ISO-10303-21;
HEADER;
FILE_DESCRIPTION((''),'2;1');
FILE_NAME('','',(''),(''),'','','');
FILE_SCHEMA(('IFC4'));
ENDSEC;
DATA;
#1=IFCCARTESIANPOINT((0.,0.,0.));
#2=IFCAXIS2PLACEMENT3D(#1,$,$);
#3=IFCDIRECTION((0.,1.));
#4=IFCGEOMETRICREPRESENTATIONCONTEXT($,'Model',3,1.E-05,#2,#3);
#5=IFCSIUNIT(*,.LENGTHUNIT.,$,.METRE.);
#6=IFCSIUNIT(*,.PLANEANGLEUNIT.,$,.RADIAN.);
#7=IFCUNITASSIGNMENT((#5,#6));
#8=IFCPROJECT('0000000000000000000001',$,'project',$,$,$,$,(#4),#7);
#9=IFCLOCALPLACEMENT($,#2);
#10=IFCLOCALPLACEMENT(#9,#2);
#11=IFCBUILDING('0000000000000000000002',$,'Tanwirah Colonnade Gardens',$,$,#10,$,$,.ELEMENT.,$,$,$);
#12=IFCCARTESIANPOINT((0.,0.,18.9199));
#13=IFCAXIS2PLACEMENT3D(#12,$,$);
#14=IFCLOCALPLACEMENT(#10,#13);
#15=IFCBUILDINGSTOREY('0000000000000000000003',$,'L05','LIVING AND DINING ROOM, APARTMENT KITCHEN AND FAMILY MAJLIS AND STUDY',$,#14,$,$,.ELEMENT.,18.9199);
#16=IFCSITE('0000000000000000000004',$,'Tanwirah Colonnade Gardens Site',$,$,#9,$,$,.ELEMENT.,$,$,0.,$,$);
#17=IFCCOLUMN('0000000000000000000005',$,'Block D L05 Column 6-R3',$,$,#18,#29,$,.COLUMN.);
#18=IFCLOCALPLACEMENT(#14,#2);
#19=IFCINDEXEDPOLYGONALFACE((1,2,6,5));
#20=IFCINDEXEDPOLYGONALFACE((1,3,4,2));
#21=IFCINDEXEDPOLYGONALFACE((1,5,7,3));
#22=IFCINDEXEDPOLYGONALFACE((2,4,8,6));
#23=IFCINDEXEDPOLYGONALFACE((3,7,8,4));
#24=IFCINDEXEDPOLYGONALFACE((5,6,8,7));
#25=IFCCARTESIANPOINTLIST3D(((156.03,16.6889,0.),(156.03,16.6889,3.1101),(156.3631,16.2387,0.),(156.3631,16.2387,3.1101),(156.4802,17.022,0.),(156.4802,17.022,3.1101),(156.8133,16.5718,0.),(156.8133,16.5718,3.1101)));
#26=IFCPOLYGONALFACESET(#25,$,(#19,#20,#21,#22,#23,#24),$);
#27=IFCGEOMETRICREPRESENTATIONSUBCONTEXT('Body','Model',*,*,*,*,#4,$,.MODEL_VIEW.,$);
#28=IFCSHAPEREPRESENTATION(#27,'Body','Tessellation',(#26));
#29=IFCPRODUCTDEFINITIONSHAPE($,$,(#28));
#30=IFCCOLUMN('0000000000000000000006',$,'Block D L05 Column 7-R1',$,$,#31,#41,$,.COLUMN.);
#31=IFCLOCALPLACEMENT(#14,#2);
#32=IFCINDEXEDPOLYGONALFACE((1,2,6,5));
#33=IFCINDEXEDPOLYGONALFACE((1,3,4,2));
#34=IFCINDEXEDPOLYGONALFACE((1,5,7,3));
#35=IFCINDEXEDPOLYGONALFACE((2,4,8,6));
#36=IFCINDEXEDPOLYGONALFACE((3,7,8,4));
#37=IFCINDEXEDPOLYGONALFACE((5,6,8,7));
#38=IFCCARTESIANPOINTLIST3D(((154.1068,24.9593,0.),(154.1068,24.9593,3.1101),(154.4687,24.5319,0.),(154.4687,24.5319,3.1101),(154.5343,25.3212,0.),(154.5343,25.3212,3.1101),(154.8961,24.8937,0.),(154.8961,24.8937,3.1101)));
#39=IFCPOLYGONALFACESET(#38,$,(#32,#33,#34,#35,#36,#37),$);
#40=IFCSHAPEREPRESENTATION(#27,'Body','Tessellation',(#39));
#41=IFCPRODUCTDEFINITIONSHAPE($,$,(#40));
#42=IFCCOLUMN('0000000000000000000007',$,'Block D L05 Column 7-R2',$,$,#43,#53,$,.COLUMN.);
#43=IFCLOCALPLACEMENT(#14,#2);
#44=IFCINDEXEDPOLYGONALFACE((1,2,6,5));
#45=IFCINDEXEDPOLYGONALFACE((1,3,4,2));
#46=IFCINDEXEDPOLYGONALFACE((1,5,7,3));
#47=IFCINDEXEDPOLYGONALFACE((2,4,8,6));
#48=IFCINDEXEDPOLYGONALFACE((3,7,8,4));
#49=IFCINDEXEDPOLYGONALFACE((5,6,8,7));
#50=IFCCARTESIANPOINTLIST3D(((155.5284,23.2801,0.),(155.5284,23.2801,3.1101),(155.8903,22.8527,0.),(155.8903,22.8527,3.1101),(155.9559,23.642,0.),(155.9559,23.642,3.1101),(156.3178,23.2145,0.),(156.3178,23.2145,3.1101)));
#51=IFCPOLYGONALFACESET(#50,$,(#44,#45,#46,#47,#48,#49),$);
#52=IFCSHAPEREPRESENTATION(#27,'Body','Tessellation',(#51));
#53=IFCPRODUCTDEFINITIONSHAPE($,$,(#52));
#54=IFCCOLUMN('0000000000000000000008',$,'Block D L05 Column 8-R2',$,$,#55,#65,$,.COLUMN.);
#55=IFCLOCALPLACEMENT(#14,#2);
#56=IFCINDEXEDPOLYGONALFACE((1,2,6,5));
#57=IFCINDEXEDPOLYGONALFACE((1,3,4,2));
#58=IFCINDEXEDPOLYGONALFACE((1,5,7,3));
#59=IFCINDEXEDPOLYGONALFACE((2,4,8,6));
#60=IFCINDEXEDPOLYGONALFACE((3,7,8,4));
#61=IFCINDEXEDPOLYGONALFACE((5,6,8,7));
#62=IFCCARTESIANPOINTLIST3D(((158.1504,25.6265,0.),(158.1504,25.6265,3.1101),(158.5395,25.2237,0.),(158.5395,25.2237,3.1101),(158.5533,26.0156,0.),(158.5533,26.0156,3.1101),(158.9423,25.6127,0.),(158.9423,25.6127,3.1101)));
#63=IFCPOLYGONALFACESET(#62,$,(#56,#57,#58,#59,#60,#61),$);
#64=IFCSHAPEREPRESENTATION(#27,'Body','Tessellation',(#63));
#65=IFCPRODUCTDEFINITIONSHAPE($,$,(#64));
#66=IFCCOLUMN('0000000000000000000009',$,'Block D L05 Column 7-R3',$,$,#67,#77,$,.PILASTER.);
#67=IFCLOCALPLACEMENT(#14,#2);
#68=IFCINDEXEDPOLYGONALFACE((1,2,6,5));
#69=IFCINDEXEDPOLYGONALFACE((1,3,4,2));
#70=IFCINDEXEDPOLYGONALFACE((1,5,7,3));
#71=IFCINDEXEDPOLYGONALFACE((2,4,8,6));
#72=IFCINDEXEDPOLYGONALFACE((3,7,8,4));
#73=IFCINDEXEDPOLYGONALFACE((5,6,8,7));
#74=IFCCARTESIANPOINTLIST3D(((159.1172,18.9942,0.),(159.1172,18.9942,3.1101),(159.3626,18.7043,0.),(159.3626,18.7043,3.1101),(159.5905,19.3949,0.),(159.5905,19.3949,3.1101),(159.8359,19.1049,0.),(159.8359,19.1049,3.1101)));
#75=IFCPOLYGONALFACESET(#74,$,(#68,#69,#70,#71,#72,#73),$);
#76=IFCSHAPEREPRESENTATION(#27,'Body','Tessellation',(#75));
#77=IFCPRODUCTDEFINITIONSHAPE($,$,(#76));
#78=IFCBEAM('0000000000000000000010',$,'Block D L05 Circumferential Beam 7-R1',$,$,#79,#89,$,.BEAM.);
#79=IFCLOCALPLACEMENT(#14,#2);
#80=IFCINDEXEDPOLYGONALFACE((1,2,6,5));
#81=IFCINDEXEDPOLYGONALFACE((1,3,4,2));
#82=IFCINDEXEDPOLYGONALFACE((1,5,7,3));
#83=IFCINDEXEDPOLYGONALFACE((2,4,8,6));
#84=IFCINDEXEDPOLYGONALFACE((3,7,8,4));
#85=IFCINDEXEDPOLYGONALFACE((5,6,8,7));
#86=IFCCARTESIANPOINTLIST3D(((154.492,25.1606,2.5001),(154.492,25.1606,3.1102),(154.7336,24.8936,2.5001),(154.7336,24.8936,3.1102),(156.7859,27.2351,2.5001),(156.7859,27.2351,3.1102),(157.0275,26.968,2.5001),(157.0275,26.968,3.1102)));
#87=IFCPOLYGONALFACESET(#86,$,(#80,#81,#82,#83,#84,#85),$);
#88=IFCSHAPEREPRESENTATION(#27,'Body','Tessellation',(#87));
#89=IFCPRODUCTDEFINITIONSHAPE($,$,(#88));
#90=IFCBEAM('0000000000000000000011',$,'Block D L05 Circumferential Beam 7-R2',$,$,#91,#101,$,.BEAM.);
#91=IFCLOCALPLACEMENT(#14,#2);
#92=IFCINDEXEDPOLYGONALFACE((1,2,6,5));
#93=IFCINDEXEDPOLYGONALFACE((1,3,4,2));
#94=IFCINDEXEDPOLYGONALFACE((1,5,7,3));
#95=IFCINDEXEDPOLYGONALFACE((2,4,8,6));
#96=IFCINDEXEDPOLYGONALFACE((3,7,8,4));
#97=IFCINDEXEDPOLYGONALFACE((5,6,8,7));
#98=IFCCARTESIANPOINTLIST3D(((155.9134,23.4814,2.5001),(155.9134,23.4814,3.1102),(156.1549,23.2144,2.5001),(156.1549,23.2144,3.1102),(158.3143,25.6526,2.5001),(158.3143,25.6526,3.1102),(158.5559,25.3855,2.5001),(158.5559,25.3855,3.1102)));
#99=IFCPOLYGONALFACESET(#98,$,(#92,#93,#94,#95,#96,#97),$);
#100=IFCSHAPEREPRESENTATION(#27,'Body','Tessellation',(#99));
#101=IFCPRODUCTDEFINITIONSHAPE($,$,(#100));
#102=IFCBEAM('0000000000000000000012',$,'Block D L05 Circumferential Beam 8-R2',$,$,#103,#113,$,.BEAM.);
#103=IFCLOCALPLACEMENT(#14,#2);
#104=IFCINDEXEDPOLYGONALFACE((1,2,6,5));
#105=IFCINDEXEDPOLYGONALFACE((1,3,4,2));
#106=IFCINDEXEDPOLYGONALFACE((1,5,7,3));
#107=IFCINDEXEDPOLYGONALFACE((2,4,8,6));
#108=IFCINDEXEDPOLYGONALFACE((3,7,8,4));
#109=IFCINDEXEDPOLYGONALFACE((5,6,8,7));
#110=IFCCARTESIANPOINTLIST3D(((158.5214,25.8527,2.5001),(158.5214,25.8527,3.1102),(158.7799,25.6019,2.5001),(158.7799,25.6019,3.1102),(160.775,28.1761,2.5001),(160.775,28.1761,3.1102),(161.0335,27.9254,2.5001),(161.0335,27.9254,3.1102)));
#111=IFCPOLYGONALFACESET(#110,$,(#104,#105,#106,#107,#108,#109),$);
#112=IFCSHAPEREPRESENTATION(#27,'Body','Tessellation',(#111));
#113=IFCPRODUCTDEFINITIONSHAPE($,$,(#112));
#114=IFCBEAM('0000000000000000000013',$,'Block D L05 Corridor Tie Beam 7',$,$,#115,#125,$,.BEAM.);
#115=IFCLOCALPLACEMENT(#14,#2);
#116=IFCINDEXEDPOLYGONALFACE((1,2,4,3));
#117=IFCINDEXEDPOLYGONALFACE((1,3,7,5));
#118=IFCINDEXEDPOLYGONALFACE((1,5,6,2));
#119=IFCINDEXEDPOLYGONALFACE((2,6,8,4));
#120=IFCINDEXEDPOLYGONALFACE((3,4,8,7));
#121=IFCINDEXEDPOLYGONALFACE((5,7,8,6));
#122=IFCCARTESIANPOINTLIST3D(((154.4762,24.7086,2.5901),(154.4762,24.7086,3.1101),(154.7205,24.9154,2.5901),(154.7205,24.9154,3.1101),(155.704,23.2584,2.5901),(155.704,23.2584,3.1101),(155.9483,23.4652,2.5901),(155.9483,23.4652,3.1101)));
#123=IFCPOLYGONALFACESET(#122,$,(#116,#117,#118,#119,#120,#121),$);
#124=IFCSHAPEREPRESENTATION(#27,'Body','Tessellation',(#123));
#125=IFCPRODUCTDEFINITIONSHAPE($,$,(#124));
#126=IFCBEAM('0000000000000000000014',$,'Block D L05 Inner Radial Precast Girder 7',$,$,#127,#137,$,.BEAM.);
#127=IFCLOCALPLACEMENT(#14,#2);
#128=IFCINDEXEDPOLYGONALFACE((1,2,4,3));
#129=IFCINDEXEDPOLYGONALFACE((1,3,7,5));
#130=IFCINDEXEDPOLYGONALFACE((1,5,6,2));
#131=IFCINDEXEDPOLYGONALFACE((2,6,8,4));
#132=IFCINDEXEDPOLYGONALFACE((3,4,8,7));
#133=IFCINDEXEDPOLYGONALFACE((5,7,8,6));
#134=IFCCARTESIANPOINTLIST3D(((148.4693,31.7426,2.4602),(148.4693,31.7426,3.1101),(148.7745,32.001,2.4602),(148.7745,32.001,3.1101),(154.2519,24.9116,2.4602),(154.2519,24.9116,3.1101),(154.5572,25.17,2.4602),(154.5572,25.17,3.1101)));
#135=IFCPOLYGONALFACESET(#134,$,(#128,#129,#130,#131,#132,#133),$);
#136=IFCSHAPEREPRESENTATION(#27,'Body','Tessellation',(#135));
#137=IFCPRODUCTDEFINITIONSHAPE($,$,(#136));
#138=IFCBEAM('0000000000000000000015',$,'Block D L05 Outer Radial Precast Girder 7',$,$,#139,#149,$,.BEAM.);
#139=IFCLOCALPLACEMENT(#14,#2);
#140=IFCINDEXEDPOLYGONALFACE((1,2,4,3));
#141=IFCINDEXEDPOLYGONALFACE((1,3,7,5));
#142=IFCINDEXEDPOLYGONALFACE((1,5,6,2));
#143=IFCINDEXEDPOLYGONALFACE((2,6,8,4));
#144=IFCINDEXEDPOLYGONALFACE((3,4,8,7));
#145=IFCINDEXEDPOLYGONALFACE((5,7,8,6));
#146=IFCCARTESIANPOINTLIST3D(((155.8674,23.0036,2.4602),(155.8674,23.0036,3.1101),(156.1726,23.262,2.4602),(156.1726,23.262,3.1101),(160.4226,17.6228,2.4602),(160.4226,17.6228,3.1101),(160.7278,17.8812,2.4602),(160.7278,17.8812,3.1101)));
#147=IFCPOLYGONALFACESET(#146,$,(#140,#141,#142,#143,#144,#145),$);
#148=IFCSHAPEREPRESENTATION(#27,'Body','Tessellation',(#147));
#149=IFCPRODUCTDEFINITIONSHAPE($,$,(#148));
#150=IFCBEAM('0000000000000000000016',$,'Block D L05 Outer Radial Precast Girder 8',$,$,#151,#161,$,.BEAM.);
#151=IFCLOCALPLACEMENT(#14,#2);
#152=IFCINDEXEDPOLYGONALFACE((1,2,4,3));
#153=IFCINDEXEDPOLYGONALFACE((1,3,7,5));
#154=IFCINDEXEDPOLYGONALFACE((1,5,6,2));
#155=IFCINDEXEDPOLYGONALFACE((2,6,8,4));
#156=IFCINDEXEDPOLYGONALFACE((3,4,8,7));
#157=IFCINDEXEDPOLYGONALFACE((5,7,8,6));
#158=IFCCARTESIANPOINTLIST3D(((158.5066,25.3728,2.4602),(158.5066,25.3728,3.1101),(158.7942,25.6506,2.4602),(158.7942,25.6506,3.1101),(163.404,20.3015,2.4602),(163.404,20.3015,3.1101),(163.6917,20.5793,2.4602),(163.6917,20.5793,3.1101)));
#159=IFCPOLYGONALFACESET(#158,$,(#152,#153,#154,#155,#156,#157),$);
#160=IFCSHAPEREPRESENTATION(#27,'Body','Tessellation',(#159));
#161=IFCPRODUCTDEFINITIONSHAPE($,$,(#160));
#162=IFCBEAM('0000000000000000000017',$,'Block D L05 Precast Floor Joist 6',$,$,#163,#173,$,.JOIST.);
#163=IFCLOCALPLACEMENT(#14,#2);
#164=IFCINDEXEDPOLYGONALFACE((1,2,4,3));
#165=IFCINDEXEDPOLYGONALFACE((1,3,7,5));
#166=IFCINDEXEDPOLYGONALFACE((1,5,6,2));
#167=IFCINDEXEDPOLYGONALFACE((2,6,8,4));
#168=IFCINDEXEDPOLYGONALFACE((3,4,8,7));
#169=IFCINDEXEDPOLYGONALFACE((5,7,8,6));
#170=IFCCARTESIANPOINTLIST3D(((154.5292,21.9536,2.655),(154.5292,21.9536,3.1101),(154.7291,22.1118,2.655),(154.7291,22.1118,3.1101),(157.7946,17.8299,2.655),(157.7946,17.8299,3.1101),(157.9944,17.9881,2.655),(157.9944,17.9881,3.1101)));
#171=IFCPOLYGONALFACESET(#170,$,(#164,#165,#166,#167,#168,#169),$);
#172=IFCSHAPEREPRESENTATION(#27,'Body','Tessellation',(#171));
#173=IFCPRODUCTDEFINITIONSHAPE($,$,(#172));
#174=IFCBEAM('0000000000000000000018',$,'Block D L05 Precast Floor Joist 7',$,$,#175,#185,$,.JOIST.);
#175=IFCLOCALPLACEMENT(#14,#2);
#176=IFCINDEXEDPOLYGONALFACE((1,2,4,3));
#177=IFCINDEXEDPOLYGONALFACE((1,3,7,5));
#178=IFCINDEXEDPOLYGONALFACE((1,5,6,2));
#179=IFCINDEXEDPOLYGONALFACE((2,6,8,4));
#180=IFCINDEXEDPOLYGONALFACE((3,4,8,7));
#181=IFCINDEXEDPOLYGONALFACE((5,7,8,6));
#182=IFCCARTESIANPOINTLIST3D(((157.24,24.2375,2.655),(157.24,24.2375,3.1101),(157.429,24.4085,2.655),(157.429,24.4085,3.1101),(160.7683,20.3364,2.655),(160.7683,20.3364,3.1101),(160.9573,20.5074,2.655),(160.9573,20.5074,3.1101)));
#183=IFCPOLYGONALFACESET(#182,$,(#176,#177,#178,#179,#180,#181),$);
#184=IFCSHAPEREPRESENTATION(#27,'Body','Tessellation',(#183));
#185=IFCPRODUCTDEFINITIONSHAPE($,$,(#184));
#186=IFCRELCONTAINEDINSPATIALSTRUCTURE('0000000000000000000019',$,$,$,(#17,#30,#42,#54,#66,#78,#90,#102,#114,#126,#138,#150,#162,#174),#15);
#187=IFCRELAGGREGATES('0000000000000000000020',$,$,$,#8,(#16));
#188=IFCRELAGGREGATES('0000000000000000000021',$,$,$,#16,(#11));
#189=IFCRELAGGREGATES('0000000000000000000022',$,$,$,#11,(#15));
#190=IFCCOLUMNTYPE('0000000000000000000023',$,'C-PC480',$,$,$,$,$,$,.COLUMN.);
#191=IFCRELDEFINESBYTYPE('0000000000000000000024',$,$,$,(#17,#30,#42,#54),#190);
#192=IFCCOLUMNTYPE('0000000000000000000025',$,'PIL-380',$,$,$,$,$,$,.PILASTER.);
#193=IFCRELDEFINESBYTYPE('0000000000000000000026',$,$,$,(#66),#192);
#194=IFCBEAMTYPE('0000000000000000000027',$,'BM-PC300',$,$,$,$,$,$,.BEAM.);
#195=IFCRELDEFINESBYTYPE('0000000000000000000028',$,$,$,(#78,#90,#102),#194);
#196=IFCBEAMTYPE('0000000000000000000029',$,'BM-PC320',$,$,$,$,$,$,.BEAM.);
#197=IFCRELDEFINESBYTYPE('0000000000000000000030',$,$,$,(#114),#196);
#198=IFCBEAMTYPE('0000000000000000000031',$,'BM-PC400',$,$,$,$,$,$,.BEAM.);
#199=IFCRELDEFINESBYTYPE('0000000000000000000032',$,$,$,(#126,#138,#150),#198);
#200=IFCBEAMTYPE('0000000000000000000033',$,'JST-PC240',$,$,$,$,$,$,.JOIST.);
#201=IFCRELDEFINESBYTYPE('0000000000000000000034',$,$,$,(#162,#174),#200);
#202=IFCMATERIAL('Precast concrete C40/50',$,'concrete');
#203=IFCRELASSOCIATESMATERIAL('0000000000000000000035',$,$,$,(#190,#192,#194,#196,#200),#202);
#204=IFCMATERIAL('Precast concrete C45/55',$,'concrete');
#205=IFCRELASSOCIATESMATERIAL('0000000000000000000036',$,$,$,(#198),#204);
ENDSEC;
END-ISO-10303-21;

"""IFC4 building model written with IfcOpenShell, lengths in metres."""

from ifc_helpers import new_model, si_unit, direction, frame, origin, origin_2d, place, context, subcontext, project, spatial, rectangle, extrude, material, material_profile, profile_set, type_object, element, save


model = new_model("IFC4")

# Units and contexts
model_context = context("Model", 3, precision=1e-05, world=origin(), true_north=direction((0.0, 1.0)))
body_context = subcontext(model_context, "Body", "Model", "MODEL_VIEW")
ifc_project = project(units=[si_unit("LENGTHUNIT", "METRE"), si_unit("PLANEANGLEUNIT", "RADIAN")], contexts=[model_context])

# Site, building, storey
site_placement = place(None, origin())
site = spatial("IfcSite", under=ifc_project, at=site_placement, Name="Tanwirah Colonnade Gardens Site", CompositionType="ELEMENT", RefElevation=0.0)
building_placement = place(site_placement, origin())
building = spatial("IfcBuilding", under=site, at=building_placement, Name="Tanwirah Colonnade Gardens", CompositionType="ELEMENT")
storey_placement = place(building_placement, frame((0.0, 0.0, 18.9199)))
storey = spatial("IfcBuildingStorey", under=building, at=storey_placement, Name="L05", Description="LIVING AND DINING ROOM, APARTMENT KITCHEN AND FAMILY MAJLIS AND STUDY", CompositionType="ELEMENT", Elevation=18.9199)

# Columns
ifc_material_1 = material(Name="Precast concrete C40/50", Category="concrete")
ifc_material_profile_1 = material_profile(ifc_material_1, rectangle(XDim=0.5601, YDim=0.5601, at=origin_2d()), Name="PC-COL 560x560")
ifc_profile_set_1 = profile_set([ifc_material_profile_1], Name="Precast concrete C40/50")
column_type_1 = type_object("IfcColumnType", Name="C-PC480", PredefinedType="COLUMN", material=ifc_profile_set_1)
for number, where, z_axis, x_axis, name in (
    (1, (156.4216, 16.6304, 0.0), (0.0, 0.0, 1.0), (0.594823, -0.803857, 0.0), "Block D L05 Column 6-R3"),
    (2, (154.5015, 24.9265, 0.0), (0.0, 0.0, 1.0), (0.646124, -0.763232, 0.0), "Block D L05 Column 7-R1"),
    (3, (155.9231, 23.2473, 0.0), (0.0, 0.0, 1.0), (0.646124, -0.763232, 0.0), "Block D L05 Column 7-R2"),
    (4, (158.5464, 25.6196, 0.0), (0.0, 0.0, 1.0), (0.694658, -0.71934, 0.0), "Block D L05 Column 8-R2"),
):
    element("IfcColumn", number, at=place(storey_placement, frame(where, z_axis=z_axis, x_axis=x_axis)), inside=storey, type_object=column_type_1, Name=name, PredefinedType="COLUMN", context=body_context, shape_type="SweptSolid", body=[
        extrude(rectangle(XDim=0.5601, YDim=0.5601, at=origin_2d()), origin(), (0.0, 0.0, 1.0), 3.1101),
    ])
ifc_material_profile_2 = material_profile(ifc_material_1, rectangle(XDim=0.3799, YDim=0.6201, at=origin_2d()), Name="PC-PIL 380x620")
ifc_profile_set_2 = profile_set([ifc_material_profile_2], Name="Precast concrete C40/50")
column_type_2 = type_object("IfcColumnType", Name="PIL-380", PredefinedType="PILASTER", material=ifc_profile_set_2)
column_placement = place(storey_placement, frame((159.4766, 19.0496, 0.0), z_axis=(0.0, 0.0, 1.0), x_axis=(0.646124, -0.763232, 0.0)))
element("IfcColumn", 5, at=column_placement, inside=storey, type_object=column_type_2, Name="Block D L05 Column 7-R3", PredefinedType="PILASTER", context=body_context, shape_type="SweptSolid", body=[
    extrude(rectangle(XDim=0.3799, YDim=0.6201, at=origin_2d()), origin(), (0.0, 0.0, 1.0), 3.1101),
])

# Beams
ifc_material_profile_3 = material_profile(ifc_material_1, rectangle(XDim=0.3601, YDim=0.6101, at=origin_2d()), Name="PC-BM 360x610")
ifc_profile_set_3 = profile_set([ifc_material_profile_3], Name="Precast concrete C40/50")
beam_type_1 = type_object("IfcBeamType", Name="BM-PC300", PredefinedType="BEAM", material=ifc_profile_set_3)
beam_1_placement = place(storey_placement, frame((154.6128, 25.0271, 2.8052), z_axis=(0.741698, 0.670733, 0.0), x_axis=(-0.670733, 0.741698, 0.0)))
element("IfcBeam", 6, at=beam_1_placement, inside=storey, type_object=beam_type_1, Name="Block D L05 Circumferential Beam 7-R1", PredefinedType="BEAM", context=body_context, shape_type="SweptSolid", body=[
    extrude(rectangle(XDim=0.3601, YDim=0.6101, at=origin_2d()), origin(), (0.0, 0.0, 1.0), 3.0928),
])
beam_2_placement = place(storey_placement, frame((156.0342, 23.3479, 2.8052), z_axis=(0.741702, 0.67073, 0.0), x_axis=(-0.67073, 0.741702, 0.0)))
element("IfcBeam", 7, at=beam_2_placement, inside=storey, type_object=beam_type_1, Name="Block D L05 Circumferential Beam 7-R2", PredefinedType="BEAM", context=body_context, shape_type="SweptSolid", body=[
    extrude(rectangle(XDim=0.3601, YDim=0.6101, at=origin_2d()), origin(), (0.0, 0.0, 1.0), 3.2371),
])
beam_3_placement = place(storey_placement, frame((158.6506, 25.7273, 2.8052), z_axis=(0.696239, 0.71781, 0.0), x_axis=(-0.71781, 0.696239, 0.0)))
element("IfcBeam", 8, at=beam_3_placement, inside=storey, type_object=beam_type_1, Name="Block D L05 Circumferential Beam 8-R2", PredefinedType="BEAM", context=body_context, shape_type="SweptSolid", body=[
    extrude(rectangle(XDim=0.3601, YDim=0.6101, at=origin_2d()), origin(), (0.0, 0.0, 1.0), 3.2368),
])
ifc_material_profile_4 = material_profile(ifc_material_1, rectangle(XDim=0.3201, YDim=0.52, at=origin_2d()), Name="PC-BM 320x520")
ifc_profile_set_4 = profile_set([ifc_material_profile_4], Name="Precast concrete C40/50")
beam_type_2 = type_object("IfcBeamType", Name="BM-PC320", PredefinedType="BEAM", material=ifc_profile_set_4)
beam_4_placement = place(storey_placement, frame((154.5984, 24.812, 2.8501), z_axis=(0.646155, -0.763206, 0.0), x_axis=(0.763206, 0.646155, 0.0)))
element("IfcBeam", 9, at=beam_4_placement, inside=storey, type_object=beam_type_2, Name="Block D L05 Corridor Tie Beam 7", PredefinedType="BEAM", context=body_context, shape_type="SweptSolid", body=[
    extrude(rectangle(XDim=0.3201, YDim=0.52, at=origin_2d()), origin(), (0.0, 0.0, 1.0), 1.9001),
])
ifc_material_2 = material(Name="Precast concrete C45/55", Category="concrete")
ifc_material_profile_5 = material_profile(ifc_material_2, rectangle(XDim=0.3999, YDim=0.6499, at=origin_2d()), Name="PC-BM 400x650")
ifc_profile_set_5 = profile_set([ifc_material_profile_5], Name="Precast concrete C45/55")
beam_type_3 = type_object("IfcBeamType", Name="BM-PC400", PredefinedType="BEAM", material=ifc_profile_set_5)
beam_5_placement = place(storey_placement, frame((154.4045, 25.0408, 2.7852), z_axis=(-0.646111, 0.763243, 0.0), x_axis=(-0.763243, -0.646111, 0.0)))
element("IfcBeam", 10, at=beam_5_placement, inside=storey, type_object=beam_type_3, Name="Block D L05 Inner Radial Precast Girder 7", PredefinedType="BEAM", context=body_context, shape_type="SweptSolid", body=[
    extrude(rectangle(XDim=0.3999, YDim=0.6499, at=origin_2d()), origin(), (0.0, 0.0, 1.0), 8.95),
])
for number, where, z_axis, x_axis, name in (
    (11, (156.02, 23.1328, 2.7852), (0.646119, -0.763237, 0.0), (0.763237, 0.646119, 0.0), "Block D L05 Outer Radial Precast Girder 7"),
    (12, (158.6504, 25.5117, 2.7852), (0.694671, -0.719327, 0.0), (0.719327, 0.694671, 0.0), "Block D L05 Outer Radial Precast Girder 8"),
):
    element("IfcBeam", number, at=place(storey_placement, frame(where, z_axis=z_axis, x_axis=x_axis)), inside=storey, type_object=beam_type_3, Name=name, PredefinedType="BEAM", context=body_context, shape_type="SweptSolid", body=[
        extrude(rectangle(XDim=0.3999, YDim=0.6499, at=origin_2d()), origin(), (0.0, 0.0, 1.0), 7.05),
    ])
ifc_material_profile_6 = material_profile(ifc_material_1, rectangle(XDim=0.2549, YDim=0.4551, at=origin_2d()), Name="PC-JST 255x455")
ifc_profile_set_6 = profile_set([ifc_material_profile_6], Name="Precast concrete C40/50")
beam_type_4 = type_object("IfcBeamType", Name="JST-PC240", PredefinedType="JOIST", material=ifc_profile_set_6)
for number, where, z_axis, x_axis, name in (
    (13, (154.6292, 22.0327, 2.8826), (0.620787, -0.783979, 0.0), (0.783979, 0.620787, 0.0), "Block D L05 Precast Floor Joist 6"),
    (14, (157.3345, 24.323, 2.8826), (0.670781, -0.741656, 0.0), (0.741656, 0.670781, 0.0), "Block D L05 Precast Floor Joist 7"),
):
    element("IfcBeam", number, at=place(storey_placement, frame(where, z_axis=z_axis, x_axis=x_axis)), inside=storey, type_object=beam_type_4, Name=name, PredefinedType="JOIST", context=body_context, shape_type="SweptSolid", body=[
        extrude(rectangle(XDim=0.2549, YDim=0.4551, at=origin_2d()), origin(), (0.0, 0.0, 1.0), 5.26),
    ])

save(model, "model.ifc")
